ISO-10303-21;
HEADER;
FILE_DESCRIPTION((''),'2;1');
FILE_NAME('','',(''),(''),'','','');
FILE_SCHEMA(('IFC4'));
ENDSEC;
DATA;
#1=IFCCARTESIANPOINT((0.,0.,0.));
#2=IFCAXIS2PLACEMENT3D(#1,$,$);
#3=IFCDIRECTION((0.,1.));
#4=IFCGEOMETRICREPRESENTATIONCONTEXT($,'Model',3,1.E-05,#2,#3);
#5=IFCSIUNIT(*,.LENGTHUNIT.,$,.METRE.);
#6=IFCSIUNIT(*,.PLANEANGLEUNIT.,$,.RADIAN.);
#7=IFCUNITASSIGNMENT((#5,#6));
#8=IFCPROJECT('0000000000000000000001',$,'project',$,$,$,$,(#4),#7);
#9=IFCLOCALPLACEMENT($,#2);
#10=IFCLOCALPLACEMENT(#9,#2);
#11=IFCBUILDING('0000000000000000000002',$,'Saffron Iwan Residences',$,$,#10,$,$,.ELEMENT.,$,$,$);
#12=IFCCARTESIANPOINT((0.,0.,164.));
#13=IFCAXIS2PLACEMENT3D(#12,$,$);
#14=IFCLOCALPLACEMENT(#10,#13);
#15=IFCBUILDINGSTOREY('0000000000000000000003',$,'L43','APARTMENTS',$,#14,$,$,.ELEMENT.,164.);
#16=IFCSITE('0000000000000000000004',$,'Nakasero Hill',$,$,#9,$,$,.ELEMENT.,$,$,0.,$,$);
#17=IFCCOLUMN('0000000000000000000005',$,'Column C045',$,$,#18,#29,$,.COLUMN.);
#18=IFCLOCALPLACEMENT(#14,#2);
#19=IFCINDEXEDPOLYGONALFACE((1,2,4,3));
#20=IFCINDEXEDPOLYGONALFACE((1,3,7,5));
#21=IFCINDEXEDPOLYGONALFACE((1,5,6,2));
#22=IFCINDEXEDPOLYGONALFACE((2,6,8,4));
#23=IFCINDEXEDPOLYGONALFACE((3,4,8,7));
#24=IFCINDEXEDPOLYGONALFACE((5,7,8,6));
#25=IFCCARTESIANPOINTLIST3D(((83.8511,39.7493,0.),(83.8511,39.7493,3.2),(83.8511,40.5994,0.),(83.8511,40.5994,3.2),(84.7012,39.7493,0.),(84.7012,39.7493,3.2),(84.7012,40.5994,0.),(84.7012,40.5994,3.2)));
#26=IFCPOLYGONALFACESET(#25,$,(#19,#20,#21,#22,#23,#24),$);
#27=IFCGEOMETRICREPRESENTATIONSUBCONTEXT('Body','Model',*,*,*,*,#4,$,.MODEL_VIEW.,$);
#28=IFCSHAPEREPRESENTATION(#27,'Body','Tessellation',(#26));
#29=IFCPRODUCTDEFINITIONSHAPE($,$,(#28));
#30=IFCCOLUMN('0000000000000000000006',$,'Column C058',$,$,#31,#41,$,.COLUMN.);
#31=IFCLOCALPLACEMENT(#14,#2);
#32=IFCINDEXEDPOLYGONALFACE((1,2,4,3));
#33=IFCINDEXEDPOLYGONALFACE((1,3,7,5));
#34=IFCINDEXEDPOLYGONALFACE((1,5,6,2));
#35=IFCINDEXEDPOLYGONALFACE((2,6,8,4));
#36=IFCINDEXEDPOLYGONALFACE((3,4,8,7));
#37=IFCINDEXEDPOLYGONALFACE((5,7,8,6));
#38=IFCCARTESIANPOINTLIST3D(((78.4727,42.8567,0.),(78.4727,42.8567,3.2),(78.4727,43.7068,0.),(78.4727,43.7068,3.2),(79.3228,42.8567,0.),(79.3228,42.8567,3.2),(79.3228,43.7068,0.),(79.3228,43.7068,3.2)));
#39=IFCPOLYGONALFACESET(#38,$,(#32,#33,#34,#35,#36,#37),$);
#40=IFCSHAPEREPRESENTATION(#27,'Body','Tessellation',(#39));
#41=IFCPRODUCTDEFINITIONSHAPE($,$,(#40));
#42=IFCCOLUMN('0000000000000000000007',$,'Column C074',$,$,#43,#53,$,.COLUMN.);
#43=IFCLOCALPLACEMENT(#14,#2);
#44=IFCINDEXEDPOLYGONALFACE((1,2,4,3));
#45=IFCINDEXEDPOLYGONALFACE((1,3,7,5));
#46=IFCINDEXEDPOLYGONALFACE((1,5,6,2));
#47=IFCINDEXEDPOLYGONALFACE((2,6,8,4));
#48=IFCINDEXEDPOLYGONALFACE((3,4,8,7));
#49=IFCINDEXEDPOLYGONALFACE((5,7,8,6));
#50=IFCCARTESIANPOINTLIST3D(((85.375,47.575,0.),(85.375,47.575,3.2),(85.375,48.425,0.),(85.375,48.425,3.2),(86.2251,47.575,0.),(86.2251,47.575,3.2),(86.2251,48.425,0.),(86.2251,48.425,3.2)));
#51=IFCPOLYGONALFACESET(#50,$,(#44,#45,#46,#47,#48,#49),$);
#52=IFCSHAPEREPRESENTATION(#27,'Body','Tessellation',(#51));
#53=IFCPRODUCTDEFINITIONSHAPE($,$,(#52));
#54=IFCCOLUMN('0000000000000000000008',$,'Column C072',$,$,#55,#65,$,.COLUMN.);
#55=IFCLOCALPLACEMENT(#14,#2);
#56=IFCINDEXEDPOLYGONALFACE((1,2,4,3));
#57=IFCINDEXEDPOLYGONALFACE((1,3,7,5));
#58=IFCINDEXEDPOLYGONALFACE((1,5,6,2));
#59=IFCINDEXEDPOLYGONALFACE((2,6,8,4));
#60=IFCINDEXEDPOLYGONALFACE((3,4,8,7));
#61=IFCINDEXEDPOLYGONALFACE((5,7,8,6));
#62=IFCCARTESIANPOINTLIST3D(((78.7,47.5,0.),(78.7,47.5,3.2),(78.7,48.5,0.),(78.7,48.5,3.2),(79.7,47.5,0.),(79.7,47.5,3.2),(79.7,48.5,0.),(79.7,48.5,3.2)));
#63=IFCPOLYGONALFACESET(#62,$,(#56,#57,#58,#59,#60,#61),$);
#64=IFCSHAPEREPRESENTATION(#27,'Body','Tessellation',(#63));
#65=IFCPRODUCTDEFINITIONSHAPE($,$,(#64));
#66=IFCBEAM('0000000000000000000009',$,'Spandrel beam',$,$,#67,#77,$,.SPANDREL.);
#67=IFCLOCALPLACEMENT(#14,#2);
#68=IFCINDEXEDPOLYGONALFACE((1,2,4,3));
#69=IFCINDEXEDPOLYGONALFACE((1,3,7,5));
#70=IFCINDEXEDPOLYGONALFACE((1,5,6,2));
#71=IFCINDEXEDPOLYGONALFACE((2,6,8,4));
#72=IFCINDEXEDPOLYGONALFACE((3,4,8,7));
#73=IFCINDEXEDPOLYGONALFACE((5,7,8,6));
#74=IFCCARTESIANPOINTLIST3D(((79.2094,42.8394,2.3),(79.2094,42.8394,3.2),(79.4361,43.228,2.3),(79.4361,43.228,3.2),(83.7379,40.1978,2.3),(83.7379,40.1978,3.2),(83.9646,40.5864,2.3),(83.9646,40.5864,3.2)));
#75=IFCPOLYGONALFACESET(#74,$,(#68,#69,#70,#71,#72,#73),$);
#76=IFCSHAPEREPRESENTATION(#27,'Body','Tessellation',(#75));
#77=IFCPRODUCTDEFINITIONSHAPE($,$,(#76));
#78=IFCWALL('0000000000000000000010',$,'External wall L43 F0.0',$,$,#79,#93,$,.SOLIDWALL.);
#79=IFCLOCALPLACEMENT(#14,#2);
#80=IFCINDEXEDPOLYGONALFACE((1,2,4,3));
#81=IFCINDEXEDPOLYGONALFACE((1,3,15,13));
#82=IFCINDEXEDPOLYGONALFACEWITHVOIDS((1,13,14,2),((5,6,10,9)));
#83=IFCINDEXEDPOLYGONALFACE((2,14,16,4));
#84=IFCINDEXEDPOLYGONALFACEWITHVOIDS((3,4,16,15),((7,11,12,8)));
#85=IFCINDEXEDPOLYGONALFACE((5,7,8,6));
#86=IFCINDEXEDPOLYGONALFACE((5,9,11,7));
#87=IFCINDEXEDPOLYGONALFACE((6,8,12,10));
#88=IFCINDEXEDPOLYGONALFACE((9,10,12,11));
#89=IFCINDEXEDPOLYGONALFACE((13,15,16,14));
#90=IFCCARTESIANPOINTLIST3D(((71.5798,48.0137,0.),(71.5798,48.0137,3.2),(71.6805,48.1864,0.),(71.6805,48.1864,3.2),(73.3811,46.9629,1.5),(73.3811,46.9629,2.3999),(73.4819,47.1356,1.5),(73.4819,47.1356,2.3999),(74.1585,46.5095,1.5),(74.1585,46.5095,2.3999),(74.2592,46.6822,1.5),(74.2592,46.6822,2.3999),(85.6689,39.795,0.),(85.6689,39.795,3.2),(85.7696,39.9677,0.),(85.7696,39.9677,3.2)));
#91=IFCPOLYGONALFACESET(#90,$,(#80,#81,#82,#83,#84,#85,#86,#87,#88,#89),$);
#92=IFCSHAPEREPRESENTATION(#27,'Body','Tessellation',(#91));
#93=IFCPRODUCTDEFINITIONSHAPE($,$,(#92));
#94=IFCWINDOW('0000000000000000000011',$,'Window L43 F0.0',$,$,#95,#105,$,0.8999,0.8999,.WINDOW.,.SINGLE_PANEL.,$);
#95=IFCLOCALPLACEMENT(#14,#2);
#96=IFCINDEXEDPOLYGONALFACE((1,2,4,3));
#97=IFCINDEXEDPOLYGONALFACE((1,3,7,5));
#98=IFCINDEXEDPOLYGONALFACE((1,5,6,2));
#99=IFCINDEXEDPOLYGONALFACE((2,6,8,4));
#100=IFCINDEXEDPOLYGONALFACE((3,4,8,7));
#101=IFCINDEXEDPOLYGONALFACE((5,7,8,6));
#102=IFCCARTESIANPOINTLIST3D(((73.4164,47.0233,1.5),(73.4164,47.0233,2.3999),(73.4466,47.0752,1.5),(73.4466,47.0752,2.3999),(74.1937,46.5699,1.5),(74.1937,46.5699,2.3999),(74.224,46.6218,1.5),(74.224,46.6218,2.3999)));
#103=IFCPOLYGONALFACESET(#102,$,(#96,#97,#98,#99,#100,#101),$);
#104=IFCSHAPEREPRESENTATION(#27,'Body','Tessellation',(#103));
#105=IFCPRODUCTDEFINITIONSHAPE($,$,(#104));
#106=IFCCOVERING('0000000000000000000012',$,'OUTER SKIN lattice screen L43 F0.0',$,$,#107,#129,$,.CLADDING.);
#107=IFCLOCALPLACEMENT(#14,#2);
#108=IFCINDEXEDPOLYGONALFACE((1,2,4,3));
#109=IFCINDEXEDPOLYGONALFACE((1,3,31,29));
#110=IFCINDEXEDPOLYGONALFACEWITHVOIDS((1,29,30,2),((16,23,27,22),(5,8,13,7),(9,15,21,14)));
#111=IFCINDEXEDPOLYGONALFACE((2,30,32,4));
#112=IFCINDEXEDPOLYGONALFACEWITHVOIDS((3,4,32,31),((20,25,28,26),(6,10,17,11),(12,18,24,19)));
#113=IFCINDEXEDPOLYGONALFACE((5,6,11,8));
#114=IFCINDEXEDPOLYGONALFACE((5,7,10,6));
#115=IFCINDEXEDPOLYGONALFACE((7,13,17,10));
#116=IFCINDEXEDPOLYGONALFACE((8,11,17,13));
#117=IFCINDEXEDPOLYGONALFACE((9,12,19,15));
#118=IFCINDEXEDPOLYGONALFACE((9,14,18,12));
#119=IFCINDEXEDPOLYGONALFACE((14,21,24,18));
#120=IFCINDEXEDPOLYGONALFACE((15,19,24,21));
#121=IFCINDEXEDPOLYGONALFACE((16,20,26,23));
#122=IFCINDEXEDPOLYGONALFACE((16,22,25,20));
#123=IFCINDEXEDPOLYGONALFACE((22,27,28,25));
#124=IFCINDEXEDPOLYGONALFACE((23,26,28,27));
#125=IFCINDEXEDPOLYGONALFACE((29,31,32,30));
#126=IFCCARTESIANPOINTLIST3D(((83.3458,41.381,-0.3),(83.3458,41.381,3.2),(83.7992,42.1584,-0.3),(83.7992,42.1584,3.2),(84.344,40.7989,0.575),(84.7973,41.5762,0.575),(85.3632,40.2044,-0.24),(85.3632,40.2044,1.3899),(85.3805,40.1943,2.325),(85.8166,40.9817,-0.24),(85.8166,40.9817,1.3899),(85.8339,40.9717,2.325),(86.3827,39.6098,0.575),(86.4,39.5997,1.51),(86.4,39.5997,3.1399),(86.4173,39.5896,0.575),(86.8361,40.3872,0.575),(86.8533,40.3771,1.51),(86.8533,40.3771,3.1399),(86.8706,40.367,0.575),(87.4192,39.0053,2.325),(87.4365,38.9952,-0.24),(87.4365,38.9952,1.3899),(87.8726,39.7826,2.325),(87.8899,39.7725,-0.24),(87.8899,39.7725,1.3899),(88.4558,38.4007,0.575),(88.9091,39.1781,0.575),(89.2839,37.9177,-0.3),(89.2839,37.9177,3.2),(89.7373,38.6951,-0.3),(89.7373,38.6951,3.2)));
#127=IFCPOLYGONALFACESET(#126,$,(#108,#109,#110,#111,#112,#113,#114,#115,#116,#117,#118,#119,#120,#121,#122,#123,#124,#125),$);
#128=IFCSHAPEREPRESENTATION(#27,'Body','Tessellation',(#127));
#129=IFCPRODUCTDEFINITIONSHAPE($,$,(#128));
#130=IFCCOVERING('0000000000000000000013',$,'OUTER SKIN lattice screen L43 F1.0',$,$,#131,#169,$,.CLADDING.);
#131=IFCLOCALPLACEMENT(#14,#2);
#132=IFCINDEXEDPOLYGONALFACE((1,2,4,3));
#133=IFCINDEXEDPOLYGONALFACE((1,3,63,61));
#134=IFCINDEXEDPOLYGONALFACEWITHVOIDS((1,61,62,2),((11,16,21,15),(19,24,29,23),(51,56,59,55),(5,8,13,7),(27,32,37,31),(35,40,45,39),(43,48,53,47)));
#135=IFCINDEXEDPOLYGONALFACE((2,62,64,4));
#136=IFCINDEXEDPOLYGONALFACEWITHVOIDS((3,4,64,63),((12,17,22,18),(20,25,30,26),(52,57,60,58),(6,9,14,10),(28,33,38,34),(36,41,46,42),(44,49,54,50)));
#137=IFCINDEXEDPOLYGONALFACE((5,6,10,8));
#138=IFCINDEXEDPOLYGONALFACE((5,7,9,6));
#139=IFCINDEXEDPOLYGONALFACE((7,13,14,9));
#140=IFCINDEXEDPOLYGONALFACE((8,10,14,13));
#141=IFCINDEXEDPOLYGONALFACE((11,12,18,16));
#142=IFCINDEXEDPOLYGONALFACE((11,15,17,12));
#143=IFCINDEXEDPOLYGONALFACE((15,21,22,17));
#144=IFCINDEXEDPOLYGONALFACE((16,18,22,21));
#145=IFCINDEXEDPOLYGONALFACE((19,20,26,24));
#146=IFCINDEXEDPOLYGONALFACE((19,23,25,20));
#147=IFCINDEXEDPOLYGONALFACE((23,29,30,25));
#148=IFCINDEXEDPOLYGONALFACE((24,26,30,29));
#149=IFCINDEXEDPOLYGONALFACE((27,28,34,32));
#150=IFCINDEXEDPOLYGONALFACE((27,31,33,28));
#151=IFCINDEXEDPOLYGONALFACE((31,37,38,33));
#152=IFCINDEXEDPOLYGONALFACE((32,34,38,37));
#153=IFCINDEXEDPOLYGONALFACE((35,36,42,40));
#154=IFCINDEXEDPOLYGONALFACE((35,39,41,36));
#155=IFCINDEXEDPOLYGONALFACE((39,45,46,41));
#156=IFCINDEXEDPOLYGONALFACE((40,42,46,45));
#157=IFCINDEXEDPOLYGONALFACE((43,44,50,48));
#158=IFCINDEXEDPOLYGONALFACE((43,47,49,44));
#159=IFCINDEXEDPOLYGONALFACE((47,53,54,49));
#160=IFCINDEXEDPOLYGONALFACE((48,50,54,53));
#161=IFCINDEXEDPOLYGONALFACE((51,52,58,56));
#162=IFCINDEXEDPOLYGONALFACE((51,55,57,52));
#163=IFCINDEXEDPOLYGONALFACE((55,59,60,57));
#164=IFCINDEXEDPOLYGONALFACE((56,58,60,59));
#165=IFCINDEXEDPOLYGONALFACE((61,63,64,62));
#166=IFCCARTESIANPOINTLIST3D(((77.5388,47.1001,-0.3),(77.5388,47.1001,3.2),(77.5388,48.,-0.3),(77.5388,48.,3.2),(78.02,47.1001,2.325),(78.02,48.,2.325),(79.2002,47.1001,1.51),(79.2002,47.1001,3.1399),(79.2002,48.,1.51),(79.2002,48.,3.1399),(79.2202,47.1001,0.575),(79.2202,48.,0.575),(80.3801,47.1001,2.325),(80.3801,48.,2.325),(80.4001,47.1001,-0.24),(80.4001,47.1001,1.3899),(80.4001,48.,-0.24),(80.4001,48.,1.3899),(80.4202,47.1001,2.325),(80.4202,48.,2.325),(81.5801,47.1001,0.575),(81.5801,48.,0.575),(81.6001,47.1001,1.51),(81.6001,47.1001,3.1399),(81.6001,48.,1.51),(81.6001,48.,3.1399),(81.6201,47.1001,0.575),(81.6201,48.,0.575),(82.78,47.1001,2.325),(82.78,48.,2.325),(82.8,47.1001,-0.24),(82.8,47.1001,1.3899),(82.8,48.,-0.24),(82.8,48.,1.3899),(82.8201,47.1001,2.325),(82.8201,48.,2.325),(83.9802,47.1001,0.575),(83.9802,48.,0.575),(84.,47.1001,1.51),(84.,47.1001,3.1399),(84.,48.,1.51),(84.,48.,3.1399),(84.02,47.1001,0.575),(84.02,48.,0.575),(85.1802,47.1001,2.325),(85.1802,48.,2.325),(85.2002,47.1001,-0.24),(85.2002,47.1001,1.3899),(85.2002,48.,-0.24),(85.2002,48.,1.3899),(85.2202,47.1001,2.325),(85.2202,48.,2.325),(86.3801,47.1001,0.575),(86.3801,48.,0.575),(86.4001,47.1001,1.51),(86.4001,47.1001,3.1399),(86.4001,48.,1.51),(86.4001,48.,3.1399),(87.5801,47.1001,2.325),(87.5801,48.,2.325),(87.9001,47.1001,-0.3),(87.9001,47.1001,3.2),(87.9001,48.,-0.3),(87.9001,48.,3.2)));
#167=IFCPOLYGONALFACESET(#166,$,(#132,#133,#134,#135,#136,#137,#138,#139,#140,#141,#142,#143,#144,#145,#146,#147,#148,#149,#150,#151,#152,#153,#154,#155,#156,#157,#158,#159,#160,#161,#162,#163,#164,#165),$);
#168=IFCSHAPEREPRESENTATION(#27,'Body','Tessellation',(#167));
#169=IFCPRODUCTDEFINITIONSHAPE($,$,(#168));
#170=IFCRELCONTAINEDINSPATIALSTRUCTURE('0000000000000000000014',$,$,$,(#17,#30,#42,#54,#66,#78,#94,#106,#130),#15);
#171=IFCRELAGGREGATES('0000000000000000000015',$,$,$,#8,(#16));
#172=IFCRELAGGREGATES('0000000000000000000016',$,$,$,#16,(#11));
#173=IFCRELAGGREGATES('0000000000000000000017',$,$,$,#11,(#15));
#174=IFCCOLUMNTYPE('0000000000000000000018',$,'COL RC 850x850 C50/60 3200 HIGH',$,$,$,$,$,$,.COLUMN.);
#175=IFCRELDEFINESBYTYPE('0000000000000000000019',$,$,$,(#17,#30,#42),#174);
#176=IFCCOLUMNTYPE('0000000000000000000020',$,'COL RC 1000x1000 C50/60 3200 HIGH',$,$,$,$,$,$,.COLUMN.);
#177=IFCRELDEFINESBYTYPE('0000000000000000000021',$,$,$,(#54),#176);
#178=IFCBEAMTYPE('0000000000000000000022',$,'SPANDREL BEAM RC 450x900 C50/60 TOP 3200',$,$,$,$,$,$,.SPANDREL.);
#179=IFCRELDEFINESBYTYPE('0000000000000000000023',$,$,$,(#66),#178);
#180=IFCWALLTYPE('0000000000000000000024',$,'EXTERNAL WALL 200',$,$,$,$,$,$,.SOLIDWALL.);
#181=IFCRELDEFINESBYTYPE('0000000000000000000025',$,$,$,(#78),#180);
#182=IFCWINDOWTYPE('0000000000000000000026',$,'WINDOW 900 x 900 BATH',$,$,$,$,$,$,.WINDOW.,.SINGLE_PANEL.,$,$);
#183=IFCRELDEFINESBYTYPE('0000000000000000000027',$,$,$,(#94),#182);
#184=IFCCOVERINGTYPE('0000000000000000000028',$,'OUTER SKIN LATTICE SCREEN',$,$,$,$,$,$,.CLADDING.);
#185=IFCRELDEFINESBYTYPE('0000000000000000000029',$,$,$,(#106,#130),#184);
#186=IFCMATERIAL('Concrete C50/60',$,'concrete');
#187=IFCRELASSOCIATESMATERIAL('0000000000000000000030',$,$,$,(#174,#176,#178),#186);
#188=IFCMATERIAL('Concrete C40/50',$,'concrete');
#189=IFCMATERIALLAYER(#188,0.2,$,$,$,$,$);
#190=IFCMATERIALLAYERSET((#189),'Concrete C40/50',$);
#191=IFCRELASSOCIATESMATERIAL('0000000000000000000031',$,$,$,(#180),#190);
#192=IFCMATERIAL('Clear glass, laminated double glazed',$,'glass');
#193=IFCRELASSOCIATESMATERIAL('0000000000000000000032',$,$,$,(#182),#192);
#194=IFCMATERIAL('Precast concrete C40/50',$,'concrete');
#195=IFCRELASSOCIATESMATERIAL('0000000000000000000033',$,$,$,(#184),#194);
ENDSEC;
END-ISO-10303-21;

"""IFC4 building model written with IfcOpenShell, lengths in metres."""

from ifc_helpers import new_model, si_unit, direction, frame, frame_2d, origin, origin_2d, place, context, subcontext, project, spatial, polyline, rectangle, outline, extrude, source, transform, mapped, material, layer, layer_set, material_profile, profile_set, type_object, element, fill, save


model = new_model("IFC4")

# Units and contexts
model_context = context("Model", 3, precision=1e-05, world=origin(), true_north=direction((0.0, 1.0)))
body_context = subcontext(model_context, "Body", "Model", "MODEL_VIEW")
ifc_project = project(units=[si_unit("LENGTHUNIT", "METRE"), si_unit("PLANEANGLEUNIT", "RADIAN")], contexts=[model_context])

# Site, building, storey
site_placement = place(None, origin())
site = spatial("IfcSite", under=ifc_project, at=site_placement, Name="Nakasero Hill", CompositionType="ELEMENT", RefElevation=0.0)
building_placement = place(site_placement, origin())
building = spatial("IfcBuilding", under=site, at=building_placement, Name="Saffron Iwan Residences", CompositionType="ELEMENT")
storey_placement = place(building_placement, frame((0.0, 0.0, 164.0)))
storey = spatial("IfcBuildingStorey", under=building, at=storey_placement, Name="L43", Description="APARTMENTS", CompositionType="ELEMENT", Elevation=164.0)

# Columns
ifc_material_1 = material(Name="Concrete C50/60", Category="concrete")
ifc_material_profile_1 = material_profile(ifc_material_1, rectangle(XDim=0.8501, YDim=0.8501, at=origin_2d()), Name="RC 850x850")
ifc_profile_set_1 = profile_set([ifc_material_profile_1], Name="Concrete C50/60")
column_type_1 = type_object("IfcColumnType", Name="COL RC 850x850 C50/60 3200 HIGH", PredefinedType="COLUMN", material=ifc_profile_set_1)
shared_shape_1 = source(origin(), body_context, "Body", "SweptSolid", [
    extrude(rectangle(XDim=0.8501, YDim=0.8501, at=origin_2d()), origin(), (0.0, 0.0, 1.0), 3.2),
])
for number, where, z_axis, x_axis, name in (
    (1, (84.2761, 40.1743, 0.0), (0.0, 0.0, 1.0), (1.0, 0.0, 0.0), "Column C045"),
    (2, (78.8977, 43.2817, 0.0), (0.0, 0.0, 1.0), (1.0, 0.0, 0.0), "Column C058"),
    (3, (85.8, 48.0, 0.0), (0.0, 0.0, 1.0), (1.0, 0.0, 0.0), "Column C074"),
):
    element("IfcColumn", number, at=place(storey_placement, frame(where, z_axis=z_axis, x_axis=x_axis)), inside=storey, type_object=column_type_1, Name=name, PredefinedType="COLUMN", context=body_context, shape_type="MappedRepresentation", body=[
        mapped(shared_shape_1, transform((0.0, 0.0, 0.0))),
    ])
ifc_material_profile_2 = material_profile(ifc_material_1, rectangle(XDim=1.0, YDim=1.0, at=origin_2d()), Name="RC 1000x1000")
ifc_profile_set_2 = profile_set([ifc_material_profile_2], Name="Concrete C50/60")
column_type_2 = type_object("IfcColumnType", Name="COL RC 1000x1000 C50/60 3200 HIGH", PredefinedType="COLUMN", material=ifc_profile_set_2)
shared_shape_2 = source(origin(), body_context, "Body", "SweptSolid", [
    extrude(rectangle(XDim=1.0, YDim=1.0, at=origin_2d()), origin(), (0.0, 0.0, 1.0), 3.2),
])
column_placement = place(storey_placement, frame((79.2, 48.0, 0.0), z_axis=(0.0, 0.0, 1.0), x_axis=(1.0, 0.0, 0.0)))
element("IfcColumn", 4, at=column_placement, inside=storey, type_object=column_type_2, Name="Column C072", PredefinedType="COLUMN", context=body_context, shape_type="MappedRepresentation", body=[
    mapped(shared_shape_2, transform((0.0, 0.0, 0.0))),
])

# Beam
ifc_material_profile_3 = material_profile(ifc_material_1, rectangle(XDim=0.45, YDim=0.8999, at=origin_2d()), Name="RC 450x900")
ifc_profile_set_3 = profile_set([ifc_material_profile_3], Name="Concrete C50/60")
beam_type = type_object("IfcBeamType", Name="SPANDREL BEAM RC 450x900 C50/60 TOP 3200", PredefinedType="SPANDREL", material=ifc_profile_set_3)
shared_shape_3 = source(origin(), body_context, "Body", "SweptSolid", [
    extrude(rectangle(XDim=0.45, YDim=0.8999, at=origin_2d()), origin(), (0.0, 0.0, 1.0), 5.2427),
])
beam_placement = place(storey_placement, frame((79.3228, 43.0337, 2.75), z_axis=(0.863784, -0.503862, 0.0), x_axis=(0.503862, 0.863784, 0.0)))
element("IfcBeam", 5, at=beam_placement, inside=storey, type_object=beam_type, Name="Spandrel beam", PredefinedType="SPANDREL", context=body_context, shape_type="MappedRepresentation", body=[
    mapped(shared_shape_3, transform((0.0, 0.0, 0.0))),
])

# Wall, opening, window
ifc_material_2 = material(Name="Concrete C40/50", Category="concrete")
ifc_layer = layer(ifc_material_2, 0.2)
ifc_layer_set = layer_set([ifc_layer], Name="Concrete C40/50")
wall_type = type_object("IfcWallType", Name="EXTERNAL WALL 200", PredefinedType="SOLIDWALL", material=ifc_layer_set)
wall_placement = place(storey_placement, frame((85.7192, 39.8813, 0.0), z_axis=(0.0, 0.0, 1.0), x_axis=(-0.863776, 0.503876, 0.0)))
wall = element("IfcWall", 6, at=wall_placement, inside=storey, type_object=wall_type, Name="External wall L43 F0.0", PredefinedType="SOLIDWALL", context=body_context, shape_type="SweptSolid", body=[
    extrude(rectangle(XDim=16.311, YDim=0.2, at=frame_2d((8.1555, 0.0))), origin(), (0.0, 0.0, 1.0), 3.2),
])
opening_placement = place(wall_placement, frame((13.3257, 0.0, 1.5)))
opening = element("IfcOpeningElement", 7, at=opening_placement, cuts=wall, PredefinedType="OPENING", context=body_context, shape_type="SweptSolid", body=[
    extrude(rectangle(XDim=0.8999, YDim=0.8999, at=frame_2d((0.45, 0.45))), frame((0.0, 0.1099, 0.0), z_axis=(0.0, -1.0, 0.0), x_axis=(1.0, 0.0, 0.0)), (0.0, 0.0, 1.0), 0.22),
])
ifc_material_3 = material(Name="Clear glass, laminated double glazed", Category="glass")
window_type = type_object("IfcWindowType", Name="WINDOW 900 x 900 BATH", PartitioningType="SINGLE_PANEL", PredefinedType="WINDOW", material=ifc_material_3)
window_placement = place(opening_placement, origin())
window = element("IfcWindow", 8, at=window_placement, inside=storey, type_object=window_type, Name="Window L43 F0.0", OverallHeight=0.8999, OverallWidth=0.8999, PartitioningType="SINGLE_PANEL", PredefinedType="WINDOW", context=body_context, shape_type="SweptSolid", body=[
    extrude(rectangle(XDim=0.8999, YDim=0.8999, at=frame_2d((0.45, 0.45))), frame((0.0, 0.03, 0.0), z_axis=(0.0, -1.0, 0.0), x_axis=(1.0, 0.0, 0.0)), (0.0, 0.0, 1.0), 0.0601),
])
fill(opening, window)

# Coverings
ifc_material_4 = material(Name="Precast concrete C40/50", Category="concrete")
covering_type = type_object("IfcCoveringType", Name="OUTER SKIN LATTICE SCREEN", PredefinedType="CLADDING", material=ifc_material_4)
covering_1_placement = place(storey_placement, frame((89.2839, 37.9177, -0.3), z_axis=(0.503804, 0.863818, 0.0), x_axis=(-0.863818, 0.503804, 0.0)))
element("IfcCovering", 9, at=covering_1_placement, inside=storey, type_object=covering_type, Name="OUTER SKIN lattice screen L43 F0.0", PredefinedType="CLADDING", context=body_context, shape_type="SweptSolid", body=[
    extrude(outline(polyline([(0.0, 0.0), (6.8743, 0.0), (6.8743, 3.5), (0.0, 3.5), (0.0, 0.0)]), holes=[polyline([(0.9587, 0.875), (2.1387, 0.0601), (3.3186, 0.875), (2.1387, 1.6899), (0.9587, 0.875)]), polyline([(3.3586, 0.875), (4.5388, 0.0601), (5.7188, 0.875), (4.5388, 1.6899), (3.3586, 0.875)]), polyline([(2.1587, 2.625), (3.3386, 1.8101), (4.5188, 2.625), (3.3386, 3.4399), (2.1587, 2.625)])]), origin(), (0.0, 0.0, 1.0), 0.8999),
])
covering_2_placement = place(storey_placement, frame((77.5388, 48.0, -0.3), z_axis=(0.0, -1.0, 0.0), x_axis=(1.0, 0.0, 0.0)))
element("IfcCovering", 10, at=covering_2_placement, inside=storey, type_object=covering_type, Name="OUTER SKIN lattice screen L43 F1.0", PredefinedType="CLADDING", context=body_context, shape_type="SweptSolid", body=[
    extrude(outline(polyline([(0.0, 0.0), (10.3613, 0.0), (10.3613, 3.5), (0.0, 3.5), (0.0, 0.0)]), holes=[polyline([(1.6814, 0.875), (2.8613, 0.0601), (4.0413, 0.875), (2.8613, 1.6899), (1.6814, 0.875)]), polyline([(4.0813, 0.875), (5.2612, 0.0601), (6.4414, 0.875), (5.2612, 1.6899), (4.0813, 0.875)]), polyline([(6.4812, 0.875), (7.6614, 0.0601), (8.8413, 0.875), (7.6614, 1.6899), (6.4812, 0.875)]), polyline([(0.4812, 2.625), (1.6614, 1.8101), (2.8413, 2.625), (1.6614, 3.4399), (0.4812, 2.625)]), polyline([(2.8813, 2.625), (4.0613, 1.8101), (5.2412, 2.625), (4.0613, 3.4399), (2.8813, 2.625)]), polyline([(5.2812, 2.625), (6.4612, 1.8101), (7.6414, 2.625), (6.4612, 3.4399), (5.2812, 2.625)]), polyline([(7.6814, 2.625), (8.8613, 1.8101), (10.0413, 2.625), (8.8613, 3.4399), (7.6814, 2.625)])]), origin(), (0.0, 0.0, 1.0), 0.8999),
])

save(model, "model.ifc")
